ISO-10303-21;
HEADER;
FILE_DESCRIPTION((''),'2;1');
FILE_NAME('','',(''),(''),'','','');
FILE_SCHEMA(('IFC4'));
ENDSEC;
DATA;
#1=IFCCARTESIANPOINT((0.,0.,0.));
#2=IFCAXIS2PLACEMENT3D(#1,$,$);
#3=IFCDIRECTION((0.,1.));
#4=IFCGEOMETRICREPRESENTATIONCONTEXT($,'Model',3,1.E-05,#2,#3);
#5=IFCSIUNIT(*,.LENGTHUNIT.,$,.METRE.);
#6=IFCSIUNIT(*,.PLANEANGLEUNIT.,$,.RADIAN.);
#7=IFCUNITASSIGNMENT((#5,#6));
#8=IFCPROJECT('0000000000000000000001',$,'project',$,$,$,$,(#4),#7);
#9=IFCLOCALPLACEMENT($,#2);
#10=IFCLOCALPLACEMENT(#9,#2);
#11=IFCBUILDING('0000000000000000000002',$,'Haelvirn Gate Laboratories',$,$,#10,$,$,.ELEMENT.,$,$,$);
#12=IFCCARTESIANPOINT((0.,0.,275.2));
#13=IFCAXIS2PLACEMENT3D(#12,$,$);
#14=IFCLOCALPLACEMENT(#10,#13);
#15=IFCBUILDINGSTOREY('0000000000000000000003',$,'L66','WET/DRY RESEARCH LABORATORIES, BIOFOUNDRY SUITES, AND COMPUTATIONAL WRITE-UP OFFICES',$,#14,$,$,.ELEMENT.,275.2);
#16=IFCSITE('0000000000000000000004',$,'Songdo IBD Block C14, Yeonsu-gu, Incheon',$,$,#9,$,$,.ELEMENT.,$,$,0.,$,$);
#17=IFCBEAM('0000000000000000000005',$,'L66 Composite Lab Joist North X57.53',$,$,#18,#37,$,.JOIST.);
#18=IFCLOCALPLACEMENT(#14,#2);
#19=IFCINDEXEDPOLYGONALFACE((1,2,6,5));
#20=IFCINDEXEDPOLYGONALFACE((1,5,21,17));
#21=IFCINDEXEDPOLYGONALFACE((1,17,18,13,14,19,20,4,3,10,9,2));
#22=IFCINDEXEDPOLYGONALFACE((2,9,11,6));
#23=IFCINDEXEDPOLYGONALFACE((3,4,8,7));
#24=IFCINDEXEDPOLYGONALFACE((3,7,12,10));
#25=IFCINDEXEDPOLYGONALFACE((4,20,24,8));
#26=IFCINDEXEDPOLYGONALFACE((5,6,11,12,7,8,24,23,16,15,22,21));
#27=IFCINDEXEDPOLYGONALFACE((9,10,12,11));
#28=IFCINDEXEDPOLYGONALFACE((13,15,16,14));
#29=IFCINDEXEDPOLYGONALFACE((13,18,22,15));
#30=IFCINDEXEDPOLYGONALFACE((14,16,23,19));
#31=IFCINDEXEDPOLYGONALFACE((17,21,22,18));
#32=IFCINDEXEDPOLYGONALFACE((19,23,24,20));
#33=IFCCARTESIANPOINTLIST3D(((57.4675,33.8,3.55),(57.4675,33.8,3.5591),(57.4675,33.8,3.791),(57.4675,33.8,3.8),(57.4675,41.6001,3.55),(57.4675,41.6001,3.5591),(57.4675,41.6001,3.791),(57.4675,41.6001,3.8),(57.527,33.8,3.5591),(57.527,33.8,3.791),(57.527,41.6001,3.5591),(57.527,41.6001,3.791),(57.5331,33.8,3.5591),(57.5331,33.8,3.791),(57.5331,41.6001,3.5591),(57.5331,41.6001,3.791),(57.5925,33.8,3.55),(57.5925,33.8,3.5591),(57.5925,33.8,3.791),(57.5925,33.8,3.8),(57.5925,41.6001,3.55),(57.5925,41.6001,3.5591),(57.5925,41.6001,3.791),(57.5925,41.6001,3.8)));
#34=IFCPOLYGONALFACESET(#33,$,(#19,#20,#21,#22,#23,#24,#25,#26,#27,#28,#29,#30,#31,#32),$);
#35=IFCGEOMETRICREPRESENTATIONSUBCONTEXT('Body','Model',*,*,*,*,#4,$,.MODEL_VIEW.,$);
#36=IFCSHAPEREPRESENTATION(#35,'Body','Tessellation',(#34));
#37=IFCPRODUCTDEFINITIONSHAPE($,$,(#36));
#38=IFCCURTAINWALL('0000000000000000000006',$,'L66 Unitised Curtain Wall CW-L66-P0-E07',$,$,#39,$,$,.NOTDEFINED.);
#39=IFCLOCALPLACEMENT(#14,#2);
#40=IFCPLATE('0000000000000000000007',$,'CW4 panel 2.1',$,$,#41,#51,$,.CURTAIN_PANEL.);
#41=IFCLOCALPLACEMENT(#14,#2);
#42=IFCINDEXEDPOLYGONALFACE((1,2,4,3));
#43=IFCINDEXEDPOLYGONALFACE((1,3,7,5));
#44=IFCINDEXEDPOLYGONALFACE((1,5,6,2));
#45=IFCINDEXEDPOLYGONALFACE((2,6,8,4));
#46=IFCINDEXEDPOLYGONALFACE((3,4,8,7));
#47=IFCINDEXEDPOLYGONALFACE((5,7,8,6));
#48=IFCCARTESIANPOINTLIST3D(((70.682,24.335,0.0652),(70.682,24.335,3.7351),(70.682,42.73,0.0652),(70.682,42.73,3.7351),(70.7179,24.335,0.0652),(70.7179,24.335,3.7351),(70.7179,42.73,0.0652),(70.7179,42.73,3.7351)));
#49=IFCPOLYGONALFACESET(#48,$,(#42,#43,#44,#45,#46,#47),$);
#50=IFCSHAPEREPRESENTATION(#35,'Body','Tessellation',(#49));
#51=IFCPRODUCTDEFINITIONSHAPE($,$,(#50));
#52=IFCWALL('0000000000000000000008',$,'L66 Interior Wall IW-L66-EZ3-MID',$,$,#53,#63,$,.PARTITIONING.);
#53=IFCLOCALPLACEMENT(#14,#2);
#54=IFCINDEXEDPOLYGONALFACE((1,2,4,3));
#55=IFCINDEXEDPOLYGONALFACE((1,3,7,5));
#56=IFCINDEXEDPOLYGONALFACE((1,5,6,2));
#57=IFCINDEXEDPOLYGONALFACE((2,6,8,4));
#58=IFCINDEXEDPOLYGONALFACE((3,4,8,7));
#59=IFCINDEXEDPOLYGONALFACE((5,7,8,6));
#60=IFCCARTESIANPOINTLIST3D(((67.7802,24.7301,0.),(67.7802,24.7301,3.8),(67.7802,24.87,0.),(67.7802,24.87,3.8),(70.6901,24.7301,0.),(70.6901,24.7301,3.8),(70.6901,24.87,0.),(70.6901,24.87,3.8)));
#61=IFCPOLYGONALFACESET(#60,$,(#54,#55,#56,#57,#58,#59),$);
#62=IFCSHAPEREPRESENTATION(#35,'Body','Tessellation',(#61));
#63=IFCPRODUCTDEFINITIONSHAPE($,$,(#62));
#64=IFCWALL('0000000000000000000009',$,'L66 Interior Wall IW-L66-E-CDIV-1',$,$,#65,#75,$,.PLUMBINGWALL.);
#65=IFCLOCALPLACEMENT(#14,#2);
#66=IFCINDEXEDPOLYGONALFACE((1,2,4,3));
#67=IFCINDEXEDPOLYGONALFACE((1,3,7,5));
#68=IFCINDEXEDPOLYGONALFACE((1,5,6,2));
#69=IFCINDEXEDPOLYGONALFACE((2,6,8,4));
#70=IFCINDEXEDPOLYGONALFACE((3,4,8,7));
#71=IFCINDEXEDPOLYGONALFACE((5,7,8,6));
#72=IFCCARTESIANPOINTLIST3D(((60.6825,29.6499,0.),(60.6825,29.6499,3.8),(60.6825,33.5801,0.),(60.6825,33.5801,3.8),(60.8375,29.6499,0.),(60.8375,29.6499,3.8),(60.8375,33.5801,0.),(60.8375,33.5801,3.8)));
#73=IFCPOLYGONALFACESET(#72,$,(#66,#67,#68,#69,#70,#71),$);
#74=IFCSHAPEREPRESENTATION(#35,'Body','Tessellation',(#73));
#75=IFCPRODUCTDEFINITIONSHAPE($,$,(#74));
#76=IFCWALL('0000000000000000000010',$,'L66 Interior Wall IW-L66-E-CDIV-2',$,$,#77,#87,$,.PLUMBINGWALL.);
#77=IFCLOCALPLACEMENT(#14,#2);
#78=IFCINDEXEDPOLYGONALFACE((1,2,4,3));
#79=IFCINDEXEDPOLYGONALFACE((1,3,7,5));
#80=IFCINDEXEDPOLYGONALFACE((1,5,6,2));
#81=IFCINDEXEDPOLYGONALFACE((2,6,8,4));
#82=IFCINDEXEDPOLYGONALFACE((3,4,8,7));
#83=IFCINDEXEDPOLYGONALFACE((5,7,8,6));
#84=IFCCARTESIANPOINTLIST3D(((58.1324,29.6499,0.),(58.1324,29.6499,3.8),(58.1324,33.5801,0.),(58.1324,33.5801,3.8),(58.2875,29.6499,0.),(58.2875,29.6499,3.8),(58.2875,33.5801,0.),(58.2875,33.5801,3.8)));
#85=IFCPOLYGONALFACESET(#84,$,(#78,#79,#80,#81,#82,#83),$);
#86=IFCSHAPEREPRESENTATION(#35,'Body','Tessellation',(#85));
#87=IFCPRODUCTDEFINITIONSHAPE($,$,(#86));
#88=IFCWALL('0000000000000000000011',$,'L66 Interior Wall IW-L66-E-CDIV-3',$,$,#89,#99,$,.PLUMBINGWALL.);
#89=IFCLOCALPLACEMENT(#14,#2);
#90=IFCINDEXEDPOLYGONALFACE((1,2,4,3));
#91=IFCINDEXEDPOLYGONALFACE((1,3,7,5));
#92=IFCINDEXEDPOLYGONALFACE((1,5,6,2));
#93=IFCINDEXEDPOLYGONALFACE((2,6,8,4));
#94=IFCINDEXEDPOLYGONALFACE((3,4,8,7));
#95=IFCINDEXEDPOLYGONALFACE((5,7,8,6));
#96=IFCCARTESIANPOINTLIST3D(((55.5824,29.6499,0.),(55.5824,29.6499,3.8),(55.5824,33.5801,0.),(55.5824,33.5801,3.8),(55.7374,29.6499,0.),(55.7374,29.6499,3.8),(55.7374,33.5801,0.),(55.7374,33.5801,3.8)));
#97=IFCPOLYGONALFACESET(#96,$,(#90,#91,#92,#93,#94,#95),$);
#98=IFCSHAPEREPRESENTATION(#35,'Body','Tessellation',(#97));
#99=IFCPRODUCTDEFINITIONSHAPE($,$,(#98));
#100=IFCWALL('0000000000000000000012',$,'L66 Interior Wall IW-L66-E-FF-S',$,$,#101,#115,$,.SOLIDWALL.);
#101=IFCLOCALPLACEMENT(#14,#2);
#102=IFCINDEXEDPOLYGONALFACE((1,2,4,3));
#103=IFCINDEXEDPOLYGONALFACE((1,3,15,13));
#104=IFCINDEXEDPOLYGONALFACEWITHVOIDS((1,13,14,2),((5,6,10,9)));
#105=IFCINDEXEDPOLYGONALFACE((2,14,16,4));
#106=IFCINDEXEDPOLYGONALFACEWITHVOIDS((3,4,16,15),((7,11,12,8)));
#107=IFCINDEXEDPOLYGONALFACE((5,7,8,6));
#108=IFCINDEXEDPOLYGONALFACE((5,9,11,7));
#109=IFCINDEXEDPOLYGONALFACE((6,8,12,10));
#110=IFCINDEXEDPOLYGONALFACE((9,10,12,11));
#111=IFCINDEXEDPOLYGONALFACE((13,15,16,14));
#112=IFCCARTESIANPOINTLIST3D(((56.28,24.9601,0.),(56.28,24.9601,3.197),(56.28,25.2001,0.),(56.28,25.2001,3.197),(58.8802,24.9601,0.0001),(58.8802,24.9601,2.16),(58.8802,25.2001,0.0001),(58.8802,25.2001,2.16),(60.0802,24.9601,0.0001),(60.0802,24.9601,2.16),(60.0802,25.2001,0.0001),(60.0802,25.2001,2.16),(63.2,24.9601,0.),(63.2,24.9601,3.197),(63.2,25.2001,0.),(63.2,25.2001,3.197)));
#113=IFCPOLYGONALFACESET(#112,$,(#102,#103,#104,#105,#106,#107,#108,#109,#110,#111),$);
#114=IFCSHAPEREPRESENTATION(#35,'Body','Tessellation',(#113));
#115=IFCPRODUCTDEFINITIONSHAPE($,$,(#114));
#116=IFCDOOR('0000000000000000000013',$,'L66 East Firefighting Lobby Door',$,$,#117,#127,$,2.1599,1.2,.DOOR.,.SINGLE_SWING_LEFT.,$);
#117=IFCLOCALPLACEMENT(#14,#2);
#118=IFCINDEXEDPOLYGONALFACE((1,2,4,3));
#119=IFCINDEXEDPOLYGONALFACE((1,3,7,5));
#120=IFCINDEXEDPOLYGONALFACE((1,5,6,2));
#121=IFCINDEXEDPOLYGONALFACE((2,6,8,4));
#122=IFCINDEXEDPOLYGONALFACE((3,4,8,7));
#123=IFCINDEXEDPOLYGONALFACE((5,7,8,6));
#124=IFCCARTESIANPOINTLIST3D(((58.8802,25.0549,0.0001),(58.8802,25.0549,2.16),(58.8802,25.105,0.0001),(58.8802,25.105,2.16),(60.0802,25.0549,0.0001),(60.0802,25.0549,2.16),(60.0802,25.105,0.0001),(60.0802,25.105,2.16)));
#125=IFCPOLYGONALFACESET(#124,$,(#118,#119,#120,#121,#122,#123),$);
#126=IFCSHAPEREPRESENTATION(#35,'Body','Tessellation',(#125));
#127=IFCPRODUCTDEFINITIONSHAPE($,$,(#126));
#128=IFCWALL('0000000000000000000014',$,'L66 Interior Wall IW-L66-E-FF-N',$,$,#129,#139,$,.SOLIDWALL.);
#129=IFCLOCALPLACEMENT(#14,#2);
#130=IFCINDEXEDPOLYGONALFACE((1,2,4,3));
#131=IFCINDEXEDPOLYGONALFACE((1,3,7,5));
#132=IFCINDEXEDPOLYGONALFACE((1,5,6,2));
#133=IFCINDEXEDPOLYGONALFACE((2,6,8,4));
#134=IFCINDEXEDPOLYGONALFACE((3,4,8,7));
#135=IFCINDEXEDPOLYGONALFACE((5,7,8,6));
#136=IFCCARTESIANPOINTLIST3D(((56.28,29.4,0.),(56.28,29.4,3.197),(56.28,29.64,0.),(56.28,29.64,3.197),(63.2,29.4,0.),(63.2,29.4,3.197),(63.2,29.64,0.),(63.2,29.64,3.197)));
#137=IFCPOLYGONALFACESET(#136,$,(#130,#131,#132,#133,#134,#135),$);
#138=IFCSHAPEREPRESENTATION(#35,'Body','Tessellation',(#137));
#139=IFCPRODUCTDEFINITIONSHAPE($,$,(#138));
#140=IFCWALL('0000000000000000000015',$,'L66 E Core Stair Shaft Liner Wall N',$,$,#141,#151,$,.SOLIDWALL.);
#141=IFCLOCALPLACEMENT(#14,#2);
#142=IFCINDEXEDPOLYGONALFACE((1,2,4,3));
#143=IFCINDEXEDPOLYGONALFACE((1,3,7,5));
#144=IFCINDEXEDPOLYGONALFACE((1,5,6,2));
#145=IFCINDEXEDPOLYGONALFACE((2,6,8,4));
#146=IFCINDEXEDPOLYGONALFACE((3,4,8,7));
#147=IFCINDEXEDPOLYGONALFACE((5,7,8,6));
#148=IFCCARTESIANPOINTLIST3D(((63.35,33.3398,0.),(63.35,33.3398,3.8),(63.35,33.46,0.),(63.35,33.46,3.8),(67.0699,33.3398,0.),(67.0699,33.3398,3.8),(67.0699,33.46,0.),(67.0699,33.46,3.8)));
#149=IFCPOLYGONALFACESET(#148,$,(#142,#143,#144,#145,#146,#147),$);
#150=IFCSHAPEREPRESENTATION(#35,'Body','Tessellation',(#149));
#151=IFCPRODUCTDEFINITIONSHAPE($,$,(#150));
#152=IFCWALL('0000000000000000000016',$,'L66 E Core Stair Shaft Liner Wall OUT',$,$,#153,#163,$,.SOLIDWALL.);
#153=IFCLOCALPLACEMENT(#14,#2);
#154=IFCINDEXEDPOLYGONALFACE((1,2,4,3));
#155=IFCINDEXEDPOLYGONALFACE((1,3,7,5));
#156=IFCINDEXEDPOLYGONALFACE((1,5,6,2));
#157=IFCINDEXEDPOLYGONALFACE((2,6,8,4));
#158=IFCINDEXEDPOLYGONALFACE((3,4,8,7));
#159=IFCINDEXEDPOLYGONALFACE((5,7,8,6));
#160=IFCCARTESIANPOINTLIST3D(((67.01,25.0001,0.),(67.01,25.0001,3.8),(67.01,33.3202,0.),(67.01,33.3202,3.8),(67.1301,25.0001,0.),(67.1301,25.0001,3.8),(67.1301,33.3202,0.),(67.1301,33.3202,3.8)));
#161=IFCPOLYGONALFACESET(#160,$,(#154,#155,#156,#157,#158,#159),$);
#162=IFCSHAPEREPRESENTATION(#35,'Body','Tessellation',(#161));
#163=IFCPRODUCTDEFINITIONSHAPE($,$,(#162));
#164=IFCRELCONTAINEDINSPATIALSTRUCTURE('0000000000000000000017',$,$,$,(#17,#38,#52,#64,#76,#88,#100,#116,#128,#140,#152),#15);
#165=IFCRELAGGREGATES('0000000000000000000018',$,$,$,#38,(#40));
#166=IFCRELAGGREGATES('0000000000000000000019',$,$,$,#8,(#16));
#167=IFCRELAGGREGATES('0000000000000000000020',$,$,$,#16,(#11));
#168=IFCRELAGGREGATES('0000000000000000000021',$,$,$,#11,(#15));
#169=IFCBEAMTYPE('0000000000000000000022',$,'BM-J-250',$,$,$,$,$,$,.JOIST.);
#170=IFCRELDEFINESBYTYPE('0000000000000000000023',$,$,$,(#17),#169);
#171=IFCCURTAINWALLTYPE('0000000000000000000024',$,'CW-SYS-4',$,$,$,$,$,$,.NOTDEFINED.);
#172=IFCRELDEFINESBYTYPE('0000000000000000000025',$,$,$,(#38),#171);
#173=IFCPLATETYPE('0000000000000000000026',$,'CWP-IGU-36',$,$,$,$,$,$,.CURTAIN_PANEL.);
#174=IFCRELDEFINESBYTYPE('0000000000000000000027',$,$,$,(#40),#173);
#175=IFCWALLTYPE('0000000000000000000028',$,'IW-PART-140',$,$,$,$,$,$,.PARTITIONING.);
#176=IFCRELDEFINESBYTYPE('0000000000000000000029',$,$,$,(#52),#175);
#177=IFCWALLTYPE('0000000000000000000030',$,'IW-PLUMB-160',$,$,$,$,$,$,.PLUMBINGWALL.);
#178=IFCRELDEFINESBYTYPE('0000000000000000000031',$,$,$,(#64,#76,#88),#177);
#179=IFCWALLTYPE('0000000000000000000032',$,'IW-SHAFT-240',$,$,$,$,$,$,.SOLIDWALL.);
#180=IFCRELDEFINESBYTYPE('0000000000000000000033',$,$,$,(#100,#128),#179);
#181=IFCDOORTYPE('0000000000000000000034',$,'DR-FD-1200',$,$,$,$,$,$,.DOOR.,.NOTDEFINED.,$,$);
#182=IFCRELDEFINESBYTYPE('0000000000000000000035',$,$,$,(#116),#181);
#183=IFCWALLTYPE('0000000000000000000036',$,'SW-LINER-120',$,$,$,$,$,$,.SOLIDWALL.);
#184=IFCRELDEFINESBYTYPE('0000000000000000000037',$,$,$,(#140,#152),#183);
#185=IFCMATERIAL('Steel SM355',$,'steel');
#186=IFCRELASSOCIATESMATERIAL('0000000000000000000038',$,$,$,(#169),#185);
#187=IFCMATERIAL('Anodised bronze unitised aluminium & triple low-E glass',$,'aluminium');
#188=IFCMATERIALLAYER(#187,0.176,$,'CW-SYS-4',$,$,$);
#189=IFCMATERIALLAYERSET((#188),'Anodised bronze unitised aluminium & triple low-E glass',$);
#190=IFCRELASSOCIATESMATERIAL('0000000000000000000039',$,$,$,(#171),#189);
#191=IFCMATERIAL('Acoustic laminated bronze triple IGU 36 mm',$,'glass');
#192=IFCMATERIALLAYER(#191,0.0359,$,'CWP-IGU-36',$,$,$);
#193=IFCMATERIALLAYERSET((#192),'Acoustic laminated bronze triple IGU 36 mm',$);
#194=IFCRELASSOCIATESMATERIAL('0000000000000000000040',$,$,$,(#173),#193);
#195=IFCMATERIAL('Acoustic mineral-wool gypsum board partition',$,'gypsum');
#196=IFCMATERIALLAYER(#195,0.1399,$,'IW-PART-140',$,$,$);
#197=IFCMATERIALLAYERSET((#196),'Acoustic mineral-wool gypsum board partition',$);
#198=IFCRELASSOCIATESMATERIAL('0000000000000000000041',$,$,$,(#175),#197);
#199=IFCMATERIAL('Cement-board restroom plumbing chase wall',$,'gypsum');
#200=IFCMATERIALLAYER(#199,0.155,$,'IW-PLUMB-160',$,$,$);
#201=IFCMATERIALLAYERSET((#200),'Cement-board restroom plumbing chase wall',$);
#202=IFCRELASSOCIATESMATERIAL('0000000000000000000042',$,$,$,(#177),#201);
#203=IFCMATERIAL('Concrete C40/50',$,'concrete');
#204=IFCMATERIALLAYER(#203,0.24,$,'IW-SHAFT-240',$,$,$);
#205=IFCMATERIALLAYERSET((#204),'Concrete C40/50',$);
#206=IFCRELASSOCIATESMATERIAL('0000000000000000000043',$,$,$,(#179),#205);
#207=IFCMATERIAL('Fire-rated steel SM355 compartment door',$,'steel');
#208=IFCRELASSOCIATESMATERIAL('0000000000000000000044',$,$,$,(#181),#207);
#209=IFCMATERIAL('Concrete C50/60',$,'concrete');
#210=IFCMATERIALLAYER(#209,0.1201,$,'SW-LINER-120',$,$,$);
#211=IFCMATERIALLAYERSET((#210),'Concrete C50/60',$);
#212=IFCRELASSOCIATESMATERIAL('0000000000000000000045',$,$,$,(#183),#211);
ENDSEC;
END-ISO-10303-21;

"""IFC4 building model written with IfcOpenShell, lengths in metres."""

from ifc_helpers import new_model, si_unit, direction, frame, frame_2d, origin, origin_2d, place, context, subcontext, project, spatial, rectangle, i_section, extrude, source, transform, mapped, material, layer, layer_set, material_profile, profile_set, type_object, type_shapes, element, fill, aggregate, save


model = new_model("IFC4")

# Units and contexts
model_context = context("Model", 3, precision=1e-05, world=origin(), true_north=direction((0.0, 1.0)))
body_context = subcontext(model_context, "Body", "Model", "MODEL_VIEW")
ifc_project = project(units=[si_unit("LENGTHUNIT", "METRE"), si_unit("PLANEANGLEUNIT", "RADIAN")], contexts=[model_context])

# Site, building, storey
site_placement = place(None, origin())
site = spatial("IfcSite", under=ifc_project, at=site_placement, Name="Songdo IBD Block C14, Yeonsu-gu, Incheon", CompositionType="ELEMENT", RefElevation=0.0)
building_placement = place(site_placement, origin())
building = spatial("IfcBuilding", under=site, at=building_placement, Name="Haelvirn Gate Laboratories", CompositionType="ELEMENT")
storey_placement = place(building_placement, frame((0.0, 0.0, 275.2)))
storey = spatial("IfcBuildingStorey", under=building, at=storey_placement, Name="L66", Description="WET/DRY RESEARCH LABORATORIES, BIOFOUNDRY SUITES, AND COMPUTATIONAL WRITE-UP OFFICES", CompositionType="ELEMENT", Elevation=275.2)

# Beam
ifc_material_1 = material(Name="Steel SM355", Category="steel")
ifc_material_profile = material_profile(ifc_material_1, i_section(OverallWidth=0.125, OverallDepth=0.25, WebThickness=0.0061, FlangeThickness=0.009, at=origin_2d()), Name="H-250x125x6x9")
ifc_profile_set = profile_set([ifc_material_profile], Name="Steel SM355")
beam_type = type_object("IfcBeamType", Name="BM-J-250", PredefinedType="JOIST", material=ifc_profile_set)
shared_shape_1 = source(origin(), body_context, "Body", "SweptSolid", [
    extrude(i_section(OverallWidth=0.125, OverallDepth=0.25, WebThickness=0.0061, FlangeThickness=0.009, at=origin_2d()), origin(), (0.0, 0.0, 1.0), 7.8),
])
type_shapes(beam_type, [shared_shape_1])
beam_placement = place(storey_placement, frame((57.53, 33.8, 3.675), z_axis=(0.0, 1.0, 0.0), x_axis=(-1.0, 0.0, 0.0)))
element("IfcBeam", 1, at=beam_placement, inside=storey, type_object=beam_type, Name="L66 Composite Lab Joist North X57.53", PredefinedType="JOIST", context=body_context, shape_type="MappedRepresentation", body=[
    mapped(shared_shape_1, transform((0.0, 0.0, 0.0), scale=1.0)),
])

# Curtain wall, plate
ifc_material_2 = material(Name="Anodised bronze unitised aluminium & triple low-E glass", Category="aluminium")
ifc_layer_1 = layer(ifc_material_2, 0.176, Name="CW-SYS-4")
ifc_layer_set_1 = layer_set([ifc_layer_1], Name="Anodised bronze unitised aluminium & triple low-E glass")
curtain_wall_type = type_object("IfcCurtainWallType", Name="CW-SYS-4", PredefinedType="NOTDEFINED", material=ifc_layer_set_1)
curtain_wall_placement = place(storey_placement, origin())
curtain_wall = element("IfcCurtainWall", 2, at=curtain_wall_placement, inside=storey, type_object=curtain_wall_type, Name="L66 Unitised Curtain Wall CW-L66-P0-E07", PredefinedType="NOTDEFINED")
ifc_material_3 = material(Name="Acoustic laminated bronze triple IGU 36 mm", Category="glass")
ifc_layer_2 = layer(ifc_material_3, 0.0359, Name="CWP-IGU-36")
ifc_layer_set_2 = layer_set([ifc_layer_2], Name="Acoustic laminated bronze triple IGU 36 mm")
plate_type = type_object("IfcPlateType", Name="CWP-IGU-36", PredefinedType="CURTAIN_PANEL", material=ifc_layer_set_2)
shared_shape_2 = source(origin(), body_context, "Body", "SweptSolid", [
    extrude(rectangle(XDim=18.395, YDim=0.0359, at=origin_2d()), origin(), (0.0, 0.0, 1.0), 3.6699),
])
type_shapes(plate_type, [shared_shape_2])
plate_placement = place(storey_placement, frame((70.7, 33.5325, 0.0652), z_axis=(0.0, 0.0, 1.0), x_axis=(0.0, 1.0, 0.0)))
plate = element("IfcPlate", 3, at=plate_placement, type_object=plate_type, Name="CW4 panel 2.1", PredefinedType="CURTAIN_PANEL", context=body_context, shape_type="MappedRepresentation", body=[
    mapped(shared_shape_2, transform((0.0, 0.0, 0.0), scale=1.0)),
])
aggregate(curtain_wall, [plate])

# Walls
ifc_material_4 = material(Name="Acoustic mineral-wool gypsum board partition", Category="gypsum")
ifc_layer_3 = layer(ifc_material_4, 0.1399, Name="IW-PART-140")
ifc_layer_set_3 = layer_set([ifc_layer_3], Name="Acoustic mineral-wool gypsum board partition")
wall_type_1 = type_object("IfcWallType", Name="IW-PART-140", PredefinedType="PARTITIONING", material=ifc_layer_set_3)
wall_1_placement = place(storey_placement, frame((67.78, 24.8, 0.0), z_axis=(0.0, 0.0, 1.0), x_axis=(1.0, 0.0, 0.0)))
element("IfcWall", 4, at=wall_1_placement, inside=storey, type_object=wall_type_1, Name="L66 Interior Wall IW-L66-EZ3-MID", PredefinedType="PARTITIONING", context=body_context, shape_type="SweptSolid", body=[
    extrude(rectangle(XDim=2.9099, YDim=0.1399, at=frame_2d((1.4551, 0.0))), origin(), (0.0, 0.0, 1.0), 3.8),
])
ifc_material_5 = material(Name="Cement-board restroom plumbing chase wall", Category="gypsum")
ifc_layer_4 = layer(ifc_material_5, 0.155, Name="IW-PLUMB-160")
ifc_layer_set_4 = layer_set([ifc_layer_4], Name="Cement-board restroom plumbing chase wall")
wall_type_2 = type_object("IfcWallType", Name="IW-PLUMB-160", PredefinedType="PLUMBINGWALL", material=ifc_layer_set_4)
for number, where, z_axis, x_axis, name in (
    (5, (60.76, 29.6499, 0.0), (0.0, 0.0, 1.0), (0.0, 1.0, 0.0), "L66 Interior Wall IW-L66-E-CDIV-1"),
    (6, (58.21, 29.6499, 0.0), (0.0, 0.0, 1.0), (0.0, 1.0, 0.0), "L66 Interior Wall IW-L66-E-CDIV-2"),
    (7, (55.6599, 29.6499, 0.0), (0.0, 0.0, 1.0), (0.0, 1.0, 0.0), "L66 Interior Wall IW-L66-E-CDIV-3"),
):
    element("IfcWall", number, at=place(storey_placement, frame(where, z_axis=z_axis, x_axis=x_axis)), inside=storey, type_object=wall_type_2, Name=name, PredefinedType="PLUMBINGWALL", context=body_context, shape_type="SweptSolid", body=[
        extrude(rectangle(XDim=3.9302, YDim=0.155, at=frame_2d((1.9651, 0.0))), origin(), (0.0, 0.0, 1.0), 3.8),
    ])

# Wall, opening, door
ifc_material_6 = material(Name="Concrete C40/50", Category="concrete")
ifc_layer_5 = layer(ifc_material_6, 0.24, Name="IW-SHAFT-240")
ifc_layer_set_5 = layer_set([ifc_layer_5], Name="Concrete C40/50")
wall_type_3 = type_object("IfcWallType", Name="IW-SHAFT-240", PredefinedType="SOLIDWALL", material=ifc_layer_set_5)
wall_2_placement = place(storey_placement, frame((56.28, 25.0801, 0.0), z_axis=(0.0, 0.0, 1.0), x_axis=(1.0, 0.0, 0.0)))
wall_2 = element("IfcWall", 8, at=wall_2_placement, inside=storey, type_object=wall_type_3, Name="L66 Interior Wall IW-L66-E-FF-S", PredefinedType="SOLIDWALL", context=body_context, shape_type="SweptSolid", body=[
    extrude(rectangle(XDim=6.9199, YDim=0.24, at=frame_2d((3.46, 0.0))), origin(), (0.0, 0.0, 1.0), 3.197),
])
opening_1_placement = place(wall_2_placement, frame((2.6001, 0.0, 0.0)))
opening_1 = element("IfcOpeningElement", 9, at=opening_1_placement, cuts=wall_2, PredefinedType="OPENING", context=body_context, shape_type="SweptSolid", body=[
    extrude(rectangle(XDim=1.2, YDim=2.1599, at=frame_2d((0.6001, 1.0801))), frame((0.0, 0.1299, 0.0), z_axis=(0.0, -1.0, 0.0), x_axis=(1.0, 0.0, 0.0)), (0.0, 0.0, 1.0), 0.26),
])
ifc_material_7 = material(Name="Fire-rated steel SM355 compartment door", Category="steel")
door_type_1 = type_object("IfcDoorType", Name="DR-FD-1200", OperationType="NOTDEFINED", PredefinedType="DOOR", material=ifc_material_7)
shared_shape_3 = source(origin(), body_context, "Body", "SweptSolid", [
    extrude(rectangle(XDim=1.2, YDim=2.1599, at=frame_2d((0.6001, 1.0801))), frame((0.0, 0.0249, 0.0), z_axis=(0.0, -1.0, 0.0), x_axis=(1.0, 0.0, 0.0)), (0.0, 0.0, 1.0), 0.05),
])
type_shapes(door_type_1, [shared_shape_3])
door_1_placement = place(opening_1_placement, origin())
door_1 = element("IfcDoor", 10, at=door_1_placement, inside=storey, type_object=door_type_1, Name="L66 East Firefighting Lobby Door", OperationType="SINGLE_SWING_LEFT", OverallHeight=2.1599, OverallWidth=1.2, PredefinedType="DOOR", context=body_context, shape_type="MappedRepresentation", body=[
    mapped(shared_shape_3, transform((0.0, 0.0, 0.0), scale=1.0)),
])
fill(opening_1, door_1)

# Walls
wall_3_placement = place(storey_placement, frame((56.28, 29.52, 0.0), z_axis=(0.0, 0.0, 1.0), x_axis=(1.0, 0.0, 0.0)))
element("IfcWall", 11, at=wall_3_placement, inside=storey, type_object=wall_type_3, Name="L66 Interior Wall IW-L66-E-FF-N", PredefinedType="SOLIDWALL", context=body_context, shape_type="SweptSolid", body=[
    extrude(rectangle(XDim=6.9199, YDim=0.24, at=frame_2d((3.46, 0.0))), origin(), (0.0, 0.0, 1.0), 3.197),
])
ifc_material_8 = material(Name="Concrete C50/60", Category="concrete")
ifc_layer_6 = layer(ifc_material_8, 0.1201, Name="SW-LINER-120")
ifc_layer_set_6 = layer_set([ifc_layer_6], Name="Concrete C50/60")
wall_type_4 = type_object("IfcWallType", Name="SW-LINER-120", PredefinedType="SOLIDWALL", material=ifc_layer_set_6)
wall_4_placement = place(storey_placement, frame((63.3501, 33.3999, 0.0), z_axis=(0.0, 0.0, 1.0), x_axis=(1.0, 0.0, 0.0)))
element("IfcWall", 12, at=wall_4_placement, inside=storey, type_object=wall_type_4, Name="L66 E Core Stair Shaft Liner Wall N", PredefinedType="SOLIDWALL", context=body_context, shape_type="SweptSolid", body=[
    extrude(rectangle(XDim=3.72, YDim=0.1201, at=frame_2d((1.8599, 0.0))), origin(), (0.0, 0.0, 1.0), 3.8),
])
wall_5_placement = place(storey_placement, frame((67.0701, 25.0, 0.0), z_axis=(0.0, 0.0, 1.0), x_axis=(0.0, 1.0, 0.0)))
element("IfcWall", 13, at=wall_5_placement, inside=storey, type_object=wall_type_4, Name="L66 E Core Stair Shaft Liner Wall OUT", PredefinedType="SOLIDWALL", context=body_context, shape_type="SweptSolid", body=[
    extrude(rectangle(XDim=8.3201, YDim=0.1201, at=frame_2d((4.1602, 0.0))), origin(), (0.0, 0.0, 1.0), 3.8),
])

save(model, "model.ifc")
